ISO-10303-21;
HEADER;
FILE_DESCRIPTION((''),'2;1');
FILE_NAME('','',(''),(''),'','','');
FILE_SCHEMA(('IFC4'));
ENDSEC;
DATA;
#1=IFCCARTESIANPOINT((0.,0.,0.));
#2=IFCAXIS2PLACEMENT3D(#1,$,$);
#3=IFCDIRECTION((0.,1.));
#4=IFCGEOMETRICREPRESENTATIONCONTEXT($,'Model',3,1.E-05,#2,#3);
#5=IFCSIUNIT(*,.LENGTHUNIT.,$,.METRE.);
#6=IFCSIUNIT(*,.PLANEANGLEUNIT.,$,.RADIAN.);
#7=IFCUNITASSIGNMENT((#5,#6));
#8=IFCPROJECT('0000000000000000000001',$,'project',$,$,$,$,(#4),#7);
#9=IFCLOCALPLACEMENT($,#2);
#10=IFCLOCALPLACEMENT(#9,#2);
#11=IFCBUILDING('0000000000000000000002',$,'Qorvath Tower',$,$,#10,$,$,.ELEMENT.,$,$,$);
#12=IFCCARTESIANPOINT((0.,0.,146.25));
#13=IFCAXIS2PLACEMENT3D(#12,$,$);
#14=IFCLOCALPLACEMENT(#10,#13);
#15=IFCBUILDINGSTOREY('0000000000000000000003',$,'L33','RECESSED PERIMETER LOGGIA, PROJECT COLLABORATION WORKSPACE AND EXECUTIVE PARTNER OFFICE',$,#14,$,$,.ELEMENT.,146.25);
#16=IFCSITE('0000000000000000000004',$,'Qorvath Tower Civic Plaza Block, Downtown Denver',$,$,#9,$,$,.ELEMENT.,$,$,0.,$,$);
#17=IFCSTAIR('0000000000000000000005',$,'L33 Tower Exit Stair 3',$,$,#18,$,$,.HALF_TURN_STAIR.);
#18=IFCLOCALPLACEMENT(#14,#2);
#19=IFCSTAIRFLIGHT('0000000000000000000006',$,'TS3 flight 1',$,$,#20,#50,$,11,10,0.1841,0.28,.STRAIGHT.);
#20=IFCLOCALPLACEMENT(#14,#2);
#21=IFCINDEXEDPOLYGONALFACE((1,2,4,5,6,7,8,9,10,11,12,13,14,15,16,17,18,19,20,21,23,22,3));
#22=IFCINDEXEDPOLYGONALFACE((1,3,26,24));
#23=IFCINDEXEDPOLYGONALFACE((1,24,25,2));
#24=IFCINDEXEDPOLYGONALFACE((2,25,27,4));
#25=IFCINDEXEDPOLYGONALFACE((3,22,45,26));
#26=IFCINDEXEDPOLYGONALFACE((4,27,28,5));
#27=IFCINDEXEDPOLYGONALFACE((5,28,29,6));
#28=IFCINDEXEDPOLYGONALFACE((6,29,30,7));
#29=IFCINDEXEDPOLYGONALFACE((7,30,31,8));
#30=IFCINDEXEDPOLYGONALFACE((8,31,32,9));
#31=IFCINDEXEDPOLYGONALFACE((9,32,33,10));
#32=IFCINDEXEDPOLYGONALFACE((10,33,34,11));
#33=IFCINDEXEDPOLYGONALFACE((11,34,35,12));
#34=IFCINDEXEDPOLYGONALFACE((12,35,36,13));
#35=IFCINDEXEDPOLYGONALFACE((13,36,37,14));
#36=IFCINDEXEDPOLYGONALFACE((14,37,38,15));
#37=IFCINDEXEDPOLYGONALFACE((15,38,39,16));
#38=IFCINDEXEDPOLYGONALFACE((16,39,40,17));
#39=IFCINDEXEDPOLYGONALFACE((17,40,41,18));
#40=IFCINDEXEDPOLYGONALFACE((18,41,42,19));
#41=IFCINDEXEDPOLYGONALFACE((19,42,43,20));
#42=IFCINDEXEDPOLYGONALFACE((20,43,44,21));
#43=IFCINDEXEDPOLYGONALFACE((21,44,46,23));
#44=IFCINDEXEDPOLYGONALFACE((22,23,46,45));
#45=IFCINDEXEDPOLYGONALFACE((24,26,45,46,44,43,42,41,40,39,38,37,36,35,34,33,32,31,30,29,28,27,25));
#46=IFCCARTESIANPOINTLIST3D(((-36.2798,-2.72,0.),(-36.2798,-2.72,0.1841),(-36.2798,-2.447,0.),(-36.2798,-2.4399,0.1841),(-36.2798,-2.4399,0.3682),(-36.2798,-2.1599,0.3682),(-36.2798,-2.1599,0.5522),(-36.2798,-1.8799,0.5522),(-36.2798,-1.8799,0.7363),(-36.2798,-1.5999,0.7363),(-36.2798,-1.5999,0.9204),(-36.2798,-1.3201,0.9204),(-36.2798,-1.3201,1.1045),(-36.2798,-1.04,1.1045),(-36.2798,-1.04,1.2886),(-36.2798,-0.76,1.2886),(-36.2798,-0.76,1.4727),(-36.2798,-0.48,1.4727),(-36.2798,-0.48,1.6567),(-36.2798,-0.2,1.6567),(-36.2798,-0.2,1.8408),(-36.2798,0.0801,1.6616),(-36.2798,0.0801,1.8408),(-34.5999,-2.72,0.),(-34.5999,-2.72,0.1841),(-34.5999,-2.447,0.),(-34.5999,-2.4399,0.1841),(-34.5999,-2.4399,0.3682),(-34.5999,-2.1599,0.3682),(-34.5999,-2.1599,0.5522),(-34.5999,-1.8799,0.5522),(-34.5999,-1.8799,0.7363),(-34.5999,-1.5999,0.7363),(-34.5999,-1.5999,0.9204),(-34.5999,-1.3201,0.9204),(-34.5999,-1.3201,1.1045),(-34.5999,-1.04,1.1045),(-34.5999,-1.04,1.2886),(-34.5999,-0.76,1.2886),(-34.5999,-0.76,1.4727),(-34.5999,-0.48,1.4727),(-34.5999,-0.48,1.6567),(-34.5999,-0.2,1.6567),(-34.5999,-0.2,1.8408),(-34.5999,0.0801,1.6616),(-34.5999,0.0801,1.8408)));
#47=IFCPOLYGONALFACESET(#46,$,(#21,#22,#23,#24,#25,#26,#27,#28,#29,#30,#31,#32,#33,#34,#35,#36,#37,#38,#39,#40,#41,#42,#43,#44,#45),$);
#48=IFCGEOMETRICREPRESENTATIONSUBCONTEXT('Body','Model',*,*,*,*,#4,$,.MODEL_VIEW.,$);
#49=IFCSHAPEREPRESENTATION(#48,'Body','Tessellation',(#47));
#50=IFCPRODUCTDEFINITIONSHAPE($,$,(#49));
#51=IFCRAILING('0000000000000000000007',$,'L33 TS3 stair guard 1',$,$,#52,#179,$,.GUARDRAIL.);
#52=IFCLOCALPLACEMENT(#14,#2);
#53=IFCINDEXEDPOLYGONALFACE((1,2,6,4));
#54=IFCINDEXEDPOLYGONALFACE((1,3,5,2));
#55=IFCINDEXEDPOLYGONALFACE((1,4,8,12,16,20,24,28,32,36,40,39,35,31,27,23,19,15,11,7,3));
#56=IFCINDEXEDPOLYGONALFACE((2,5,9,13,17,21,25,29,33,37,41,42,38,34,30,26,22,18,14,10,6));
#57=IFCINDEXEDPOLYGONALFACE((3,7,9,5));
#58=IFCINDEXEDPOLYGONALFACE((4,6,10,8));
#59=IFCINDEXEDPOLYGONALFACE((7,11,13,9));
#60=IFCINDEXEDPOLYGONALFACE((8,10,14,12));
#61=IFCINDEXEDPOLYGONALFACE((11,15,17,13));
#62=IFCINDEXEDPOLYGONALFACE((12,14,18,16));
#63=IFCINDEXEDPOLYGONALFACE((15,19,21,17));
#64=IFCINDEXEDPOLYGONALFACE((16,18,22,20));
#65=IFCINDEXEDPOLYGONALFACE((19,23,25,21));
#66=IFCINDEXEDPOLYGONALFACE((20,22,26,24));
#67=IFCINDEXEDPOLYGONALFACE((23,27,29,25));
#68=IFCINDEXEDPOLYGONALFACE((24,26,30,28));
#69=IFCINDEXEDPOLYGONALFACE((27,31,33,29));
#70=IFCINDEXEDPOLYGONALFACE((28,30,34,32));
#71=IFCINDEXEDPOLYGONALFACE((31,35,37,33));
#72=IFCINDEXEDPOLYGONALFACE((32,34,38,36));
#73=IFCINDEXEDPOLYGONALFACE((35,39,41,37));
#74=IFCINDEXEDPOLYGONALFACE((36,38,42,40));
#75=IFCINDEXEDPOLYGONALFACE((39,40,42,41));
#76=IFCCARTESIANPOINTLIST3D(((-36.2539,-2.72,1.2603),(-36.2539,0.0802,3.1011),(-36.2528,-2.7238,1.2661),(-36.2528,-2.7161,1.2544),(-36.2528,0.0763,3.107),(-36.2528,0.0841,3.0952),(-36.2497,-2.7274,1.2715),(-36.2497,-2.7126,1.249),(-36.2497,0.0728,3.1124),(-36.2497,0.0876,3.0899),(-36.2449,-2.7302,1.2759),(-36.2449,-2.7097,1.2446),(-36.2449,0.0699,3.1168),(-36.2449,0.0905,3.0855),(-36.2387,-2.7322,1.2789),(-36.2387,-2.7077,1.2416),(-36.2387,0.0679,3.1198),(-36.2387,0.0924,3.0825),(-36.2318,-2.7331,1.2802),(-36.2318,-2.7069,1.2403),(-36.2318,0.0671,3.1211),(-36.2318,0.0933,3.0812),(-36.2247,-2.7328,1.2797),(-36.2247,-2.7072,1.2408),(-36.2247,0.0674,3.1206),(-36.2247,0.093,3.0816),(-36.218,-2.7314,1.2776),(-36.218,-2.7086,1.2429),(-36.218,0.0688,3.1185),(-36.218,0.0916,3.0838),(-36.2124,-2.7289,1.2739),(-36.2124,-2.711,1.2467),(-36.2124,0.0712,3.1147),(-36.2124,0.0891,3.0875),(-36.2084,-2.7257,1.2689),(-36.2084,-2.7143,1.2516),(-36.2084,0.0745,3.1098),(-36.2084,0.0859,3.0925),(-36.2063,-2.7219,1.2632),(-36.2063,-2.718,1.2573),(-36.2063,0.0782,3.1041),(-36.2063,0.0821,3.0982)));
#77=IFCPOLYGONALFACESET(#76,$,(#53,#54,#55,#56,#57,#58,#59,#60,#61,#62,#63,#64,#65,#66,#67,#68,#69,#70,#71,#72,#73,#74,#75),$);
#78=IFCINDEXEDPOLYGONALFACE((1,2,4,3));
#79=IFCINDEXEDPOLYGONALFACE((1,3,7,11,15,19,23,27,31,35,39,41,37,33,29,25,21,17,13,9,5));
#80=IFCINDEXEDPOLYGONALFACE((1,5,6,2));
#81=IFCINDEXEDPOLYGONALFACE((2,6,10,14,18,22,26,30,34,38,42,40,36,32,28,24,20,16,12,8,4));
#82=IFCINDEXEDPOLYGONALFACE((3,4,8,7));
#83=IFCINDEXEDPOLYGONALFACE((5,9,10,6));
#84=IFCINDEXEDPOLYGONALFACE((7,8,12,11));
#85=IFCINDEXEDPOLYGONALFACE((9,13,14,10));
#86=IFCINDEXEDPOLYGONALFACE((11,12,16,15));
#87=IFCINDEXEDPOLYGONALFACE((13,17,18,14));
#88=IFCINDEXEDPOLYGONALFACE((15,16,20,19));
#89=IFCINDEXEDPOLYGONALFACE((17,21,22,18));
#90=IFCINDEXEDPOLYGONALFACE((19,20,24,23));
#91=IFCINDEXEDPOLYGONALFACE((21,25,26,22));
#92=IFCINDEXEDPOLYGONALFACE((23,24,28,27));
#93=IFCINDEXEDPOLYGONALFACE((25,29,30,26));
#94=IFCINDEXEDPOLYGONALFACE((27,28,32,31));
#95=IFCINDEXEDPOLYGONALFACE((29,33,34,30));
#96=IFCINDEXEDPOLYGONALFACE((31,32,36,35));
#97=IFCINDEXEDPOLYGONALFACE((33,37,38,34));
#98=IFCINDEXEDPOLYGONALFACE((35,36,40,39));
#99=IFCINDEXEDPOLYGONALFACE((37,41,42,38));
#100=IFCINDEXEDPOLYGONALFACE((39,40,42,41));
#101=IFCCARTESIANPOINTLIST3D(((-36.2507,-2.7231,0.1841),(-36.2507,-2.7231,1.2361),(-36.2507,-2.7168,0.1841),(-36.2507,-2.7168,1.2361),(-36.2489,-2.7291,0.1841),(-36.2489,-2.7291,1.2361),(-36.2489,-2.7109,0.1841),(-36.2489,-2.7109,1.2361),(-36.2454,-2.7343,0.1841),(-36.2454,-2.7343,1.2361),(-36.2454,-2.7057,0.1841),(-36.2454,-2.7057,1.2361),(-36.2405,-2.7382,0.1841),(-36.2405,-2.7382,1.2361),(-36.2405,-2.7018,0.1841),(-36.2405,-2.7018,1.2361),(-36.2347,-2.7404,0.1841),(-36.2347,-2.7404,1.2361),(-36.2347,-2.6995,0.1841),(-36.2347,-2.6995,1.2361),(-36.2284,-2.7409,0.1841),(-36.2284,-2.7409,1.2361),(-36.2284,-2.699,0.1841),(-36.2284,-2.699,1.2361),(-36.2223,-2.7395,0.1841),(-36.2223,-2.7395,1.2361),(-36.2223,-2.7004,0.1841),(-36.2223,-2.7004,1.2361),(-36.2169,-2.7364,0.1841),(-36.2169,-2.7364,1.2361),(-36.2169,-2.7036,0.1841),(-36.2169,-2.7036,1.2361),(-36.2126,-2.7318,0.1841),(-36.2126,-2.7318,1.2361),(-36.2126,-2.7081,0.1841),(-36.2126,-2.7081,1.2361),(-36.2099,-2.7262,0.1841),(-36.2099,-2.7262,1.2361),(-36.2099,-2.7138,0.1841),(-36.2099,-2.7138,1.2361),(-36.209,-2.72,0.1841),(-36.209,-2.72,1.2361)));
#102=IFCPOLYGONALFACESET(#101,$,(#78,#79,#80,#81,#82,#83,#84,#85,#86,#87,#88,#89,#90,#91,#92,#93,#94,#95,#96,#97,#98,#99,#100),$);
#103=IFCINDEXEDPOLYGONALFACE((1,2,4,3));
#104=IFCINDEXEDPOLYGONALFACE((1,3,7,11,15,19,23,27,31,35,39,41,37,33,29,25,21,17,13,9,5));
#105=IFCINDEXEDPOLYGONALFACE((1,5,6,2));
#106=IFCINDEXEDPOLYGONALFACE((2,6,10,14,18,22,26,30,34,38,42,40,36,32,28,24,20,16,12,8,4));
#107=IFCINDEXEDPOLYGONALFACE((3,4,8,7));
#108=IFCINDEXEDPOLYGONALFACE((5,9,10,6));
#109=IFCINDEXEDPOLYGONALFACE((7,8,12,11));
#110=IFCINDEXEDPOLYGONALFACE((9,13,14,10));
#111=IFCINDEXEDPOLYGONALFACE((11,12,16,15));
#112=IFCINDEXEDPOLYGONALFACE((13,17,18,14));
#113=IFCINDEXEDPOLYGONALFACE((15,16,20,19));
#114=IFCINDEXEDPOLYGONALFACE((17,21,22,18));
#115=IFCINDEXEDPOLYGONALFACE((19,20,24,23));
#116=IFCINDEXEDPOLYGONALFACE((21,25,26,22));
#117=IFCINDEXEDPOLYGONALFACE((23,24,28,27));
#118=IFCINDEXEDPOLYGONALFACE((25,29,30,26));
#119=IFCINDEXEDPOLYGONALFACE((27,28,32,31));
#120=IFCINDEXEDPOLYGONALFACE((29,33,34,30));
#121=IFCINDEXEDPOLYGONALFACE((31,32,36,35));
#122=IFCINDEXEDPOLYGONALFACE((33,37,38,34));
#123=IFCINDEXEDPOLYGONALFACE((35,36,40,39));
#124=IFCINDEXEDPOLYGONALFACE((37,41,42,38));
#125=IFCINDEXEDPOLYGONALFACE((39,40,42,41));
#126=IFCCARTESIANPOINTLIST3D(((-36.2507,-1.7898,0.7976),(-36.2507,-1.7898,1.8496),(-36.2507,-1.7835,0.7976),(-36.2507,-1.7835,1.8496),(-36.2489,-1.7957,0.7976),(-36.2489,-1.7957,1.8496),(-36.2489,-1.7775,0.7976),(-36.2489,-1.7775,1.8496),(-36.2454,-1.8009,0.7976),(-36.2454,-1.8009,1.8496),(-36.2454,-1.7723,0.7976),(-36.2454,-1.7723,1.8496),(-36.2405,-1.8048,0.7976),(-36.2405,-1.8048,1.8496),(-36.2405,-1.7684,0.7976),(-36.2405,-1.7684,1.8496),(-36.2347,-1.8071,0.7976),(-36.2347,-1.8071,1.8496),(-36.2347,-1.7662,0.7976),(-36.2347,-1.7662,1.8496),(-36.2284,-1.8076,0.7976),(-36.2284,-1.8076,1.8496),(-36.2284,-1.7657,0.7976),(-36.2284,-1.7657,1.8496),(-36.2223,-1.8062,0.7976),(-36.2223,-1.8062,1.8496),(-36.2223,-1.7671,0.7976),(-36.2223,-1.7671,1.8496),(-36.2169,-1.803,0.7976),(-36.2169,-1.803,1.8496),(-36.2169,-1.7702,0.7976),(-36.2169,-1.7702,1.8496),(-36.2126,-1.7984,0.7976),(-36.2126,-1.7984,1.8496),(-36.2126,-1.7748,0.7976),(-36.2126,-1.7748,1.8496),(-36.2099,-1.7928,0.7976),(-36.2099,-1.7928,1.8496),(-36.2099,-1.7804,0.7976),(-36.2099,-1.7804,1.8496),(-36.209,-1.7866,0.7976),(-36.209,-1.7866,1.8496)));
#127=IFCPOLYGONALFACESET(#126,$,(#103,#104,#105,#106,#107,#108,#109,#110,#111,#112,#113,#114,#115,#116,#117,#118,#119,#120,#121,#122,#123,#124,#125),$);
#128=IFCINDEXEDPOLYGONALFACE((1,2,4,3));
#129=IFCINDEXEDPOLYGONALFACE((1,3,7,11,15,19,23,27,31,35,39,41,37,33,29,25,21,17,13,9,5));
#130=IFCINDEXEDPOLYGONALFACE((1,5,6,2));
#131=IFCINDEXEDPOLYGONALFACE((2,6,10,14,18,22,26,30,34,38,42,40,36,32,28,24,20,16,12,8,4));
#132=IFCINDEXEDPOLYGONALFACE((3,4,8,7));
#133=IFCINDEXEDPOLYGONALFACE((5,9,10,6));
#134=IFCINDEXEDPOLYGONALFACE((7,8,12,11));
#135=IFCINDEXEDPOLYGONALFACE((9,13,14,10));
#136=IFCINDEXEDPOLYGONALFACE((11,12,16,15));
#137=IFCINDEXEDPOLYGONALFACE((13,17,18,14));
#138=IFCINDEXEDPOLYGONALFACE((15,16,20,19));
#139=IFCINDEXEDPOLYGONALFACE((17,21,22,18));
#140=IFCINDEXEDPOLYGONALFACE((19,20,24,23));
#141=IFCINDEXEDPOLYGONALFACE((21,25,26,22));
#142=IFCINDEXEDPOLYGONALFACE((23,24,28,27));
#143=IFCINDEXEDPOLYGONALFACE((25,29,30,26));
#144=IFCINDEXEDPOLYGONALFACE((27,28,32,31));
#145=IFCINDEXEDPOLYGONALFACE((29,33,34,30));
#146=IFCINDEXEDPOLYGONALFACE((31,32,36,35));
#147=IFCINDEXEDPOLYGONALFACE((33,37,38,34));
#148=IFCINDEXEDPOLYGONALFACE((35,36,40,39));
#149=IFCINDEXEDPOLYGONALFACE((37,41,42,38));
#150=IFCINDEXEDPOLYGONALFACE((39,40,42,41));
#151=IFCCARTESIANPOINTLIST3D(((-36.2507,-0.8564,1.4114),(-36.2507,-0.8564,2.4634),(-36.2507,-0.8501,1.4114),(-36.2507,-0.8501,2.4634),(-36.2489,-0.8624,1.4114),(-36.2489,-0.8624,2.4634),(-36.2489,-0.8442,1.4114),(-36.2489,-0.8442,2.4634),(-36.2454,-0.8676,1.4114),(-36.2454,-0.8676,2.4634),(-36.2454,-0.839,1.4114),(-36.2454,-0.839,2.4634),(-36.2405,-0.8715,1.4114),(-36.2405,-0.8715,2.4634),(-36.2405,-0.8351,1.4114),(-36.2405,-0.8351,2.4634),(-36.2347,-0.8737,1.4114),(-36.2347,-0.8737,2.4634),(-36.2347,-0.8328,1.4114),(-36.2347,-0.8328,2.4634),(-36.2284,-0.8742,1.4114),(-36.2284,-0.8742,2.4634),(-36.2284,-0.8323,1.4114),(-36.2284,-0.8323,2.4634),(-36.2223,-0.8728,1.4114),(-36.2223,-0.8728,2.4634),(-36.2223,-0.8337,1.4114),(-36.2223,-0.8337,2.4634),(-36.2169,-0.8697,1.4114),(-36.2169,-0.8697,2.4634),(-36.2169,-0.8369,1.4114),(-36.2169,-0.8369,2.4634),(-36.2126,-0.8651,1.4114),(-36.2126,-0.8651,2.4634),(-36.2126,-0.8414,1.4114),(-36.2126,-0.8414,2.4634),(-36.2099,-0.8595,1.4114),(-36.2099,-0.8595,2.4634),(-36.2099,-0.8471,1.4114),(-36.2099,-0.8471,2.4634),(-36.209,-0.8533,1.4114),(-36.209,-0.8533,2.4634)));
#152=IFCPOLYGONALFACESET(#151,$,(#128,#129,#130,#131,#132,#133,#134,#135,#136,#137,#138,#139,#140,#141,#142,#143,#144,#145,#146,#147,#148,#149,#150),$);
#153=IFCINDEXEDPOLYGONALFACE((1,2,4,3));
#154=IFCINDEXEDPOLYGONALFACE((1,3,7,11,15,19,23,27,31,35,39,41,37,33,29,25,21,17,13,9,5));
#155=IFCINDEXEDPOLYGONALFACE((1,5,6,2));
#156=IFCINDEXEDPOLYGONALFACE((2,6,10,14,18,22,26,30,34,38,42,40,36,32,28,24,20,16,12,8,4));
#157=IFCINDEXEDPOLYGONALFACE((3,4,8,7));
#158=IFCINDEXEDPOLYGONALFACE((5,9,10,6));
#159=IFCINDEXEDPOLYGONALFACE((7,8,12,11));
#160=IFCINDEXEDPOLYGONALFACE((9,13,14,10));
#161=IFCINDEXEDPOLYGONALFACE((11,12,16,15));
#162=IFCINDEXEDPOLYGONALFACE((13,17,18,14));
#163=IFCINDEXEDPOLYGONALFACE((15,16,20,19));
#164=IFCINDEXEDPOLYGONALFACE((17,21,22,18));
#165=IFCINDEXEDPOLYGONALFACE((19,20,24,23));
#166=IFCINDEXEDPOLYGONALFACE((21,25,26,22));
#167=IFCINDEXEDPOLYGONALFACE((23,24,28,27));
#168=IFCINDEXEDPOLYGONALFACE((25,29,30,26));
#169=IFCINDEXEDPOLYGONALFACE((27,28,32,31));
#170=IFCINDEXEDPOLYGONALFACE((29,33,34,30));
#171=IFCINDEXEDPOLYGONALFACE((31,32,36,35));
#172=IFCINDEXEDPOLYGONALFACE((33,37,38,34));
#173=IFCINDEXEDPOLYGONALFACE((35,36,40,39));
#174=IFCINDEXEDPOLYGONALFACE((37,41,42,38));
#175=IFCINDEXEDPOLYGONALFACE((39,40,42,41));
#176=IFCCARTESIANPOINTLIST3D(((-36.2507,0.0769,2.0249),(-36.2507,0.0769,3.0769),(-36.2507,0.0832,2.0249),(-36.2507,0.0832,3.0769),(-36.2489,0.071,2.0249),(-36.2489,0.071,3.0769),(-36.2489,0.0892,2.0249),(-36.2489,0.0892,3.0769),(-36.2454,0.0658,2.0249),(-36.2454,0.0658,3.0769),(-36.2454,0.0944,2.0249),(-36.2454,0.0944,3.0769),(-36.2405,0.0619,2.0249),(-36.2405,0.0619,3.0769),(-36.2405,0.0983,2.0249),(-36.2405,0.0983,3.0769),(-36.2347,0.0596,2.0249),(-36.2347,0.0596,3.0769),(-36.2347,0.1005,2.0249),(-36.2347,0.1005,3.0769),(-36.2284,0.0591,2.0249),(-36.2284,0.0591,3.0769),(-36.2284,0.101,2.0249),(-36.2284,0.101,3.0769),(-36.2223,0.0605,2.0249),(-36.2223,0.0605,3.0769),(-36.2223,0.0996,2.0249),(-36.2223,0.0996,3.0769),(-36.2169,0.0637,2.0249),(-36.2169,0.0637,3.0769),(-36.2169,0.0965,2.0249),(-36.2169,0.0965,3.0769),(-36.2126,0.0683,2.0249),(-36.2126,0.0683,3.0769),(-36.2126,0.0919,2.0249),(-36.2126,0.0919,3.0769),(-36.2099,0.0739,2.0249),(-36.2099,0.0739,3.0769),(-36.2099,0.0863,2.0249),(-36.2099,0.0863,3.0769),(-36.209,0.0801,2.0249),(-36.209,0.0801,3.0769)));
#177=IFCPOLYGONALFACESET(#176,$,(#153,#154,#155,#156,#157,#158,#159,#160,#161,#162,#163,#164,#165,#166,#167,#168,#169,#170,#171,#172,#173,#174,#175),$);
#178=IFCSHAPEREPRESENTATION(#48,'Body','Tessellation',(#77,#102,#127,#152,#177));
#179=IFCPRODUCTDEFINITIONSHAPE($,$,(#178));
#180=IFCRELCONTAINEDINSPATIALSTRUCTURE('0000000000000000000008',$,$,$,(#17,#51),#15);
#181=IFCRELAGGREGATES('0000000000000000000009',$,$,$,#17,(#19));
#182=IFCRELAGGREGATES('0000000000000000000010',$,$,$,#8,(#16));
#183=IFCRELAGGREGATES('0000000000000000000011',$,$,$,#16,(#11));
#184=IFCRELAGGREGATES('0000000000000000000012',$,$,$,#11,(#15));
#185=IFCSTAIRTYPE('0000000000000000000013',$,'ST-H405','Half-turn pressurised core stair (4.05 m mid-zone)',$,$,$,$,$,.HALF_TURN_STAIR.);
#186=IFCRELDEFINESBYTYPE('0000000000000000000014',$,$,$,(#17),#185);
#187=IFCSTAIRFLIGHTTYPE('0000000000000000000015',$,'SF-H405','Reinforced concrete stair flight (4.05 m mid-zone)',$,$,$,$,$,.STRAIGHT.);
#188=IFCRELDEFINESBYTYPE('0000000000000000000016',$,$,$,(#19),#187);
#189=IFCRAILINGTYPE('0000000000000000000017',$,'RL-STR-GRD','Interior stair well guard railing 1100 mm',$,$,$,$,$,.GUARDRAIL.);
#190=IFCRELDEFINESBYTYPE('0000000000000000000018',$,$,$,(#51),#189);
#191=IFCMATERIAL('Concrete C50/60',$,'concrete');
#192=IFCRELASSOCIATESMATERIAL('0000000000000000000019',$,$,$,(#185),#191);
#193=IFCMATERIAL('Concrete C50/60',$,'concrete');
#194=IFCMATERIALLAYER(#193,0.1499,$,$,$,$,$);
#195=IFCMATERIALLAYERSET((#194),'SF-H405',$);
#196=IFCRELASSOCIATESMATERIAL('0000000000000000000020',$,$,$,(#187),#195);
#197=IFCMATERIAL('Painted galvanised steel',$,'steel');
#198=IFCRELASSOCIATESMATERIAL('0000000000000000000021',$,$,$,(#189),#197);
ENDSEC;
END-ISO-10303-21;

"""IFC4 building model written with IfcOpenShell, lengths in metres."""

from ifc_helpers import new_model, si_unit, direction, frame, origin, origin_2d, place, context, subcontext, project, spatial, polyline, circle, outline, extrude, material, layer, layer_set, type_object, element, aggregate, save


model = new_model("IFC4")

# Units and contexts
model_context = context("Model", 3, precision=1e-05, world=origin(), true_north=direction((0.0, 1.0)))
body_context = subcontext(model_context, "Body", "Model", "MODEL_VIEW")
ifc_project = project(units=[si_unit("LENGTHUNIT", "METRE"), si_unit("PLANEANGLEUNIT", "RADIAN")], contexts=[model_context])

# Site, building, storey
site_placement = place(None, origin())
site = spatial("IfcSite", under=ifc_project, at=site_placement, Name="Qorvath Tower Civic Plaza Block, Downtown Denver", CompositionType="ELEMENT", RefElevation=0.0)
building_placement = place(site_placement, origin())
building = spatial("IfcBuilding", under=site, at=building_placement, Name="Qorvath Tower", CompositionType="ELEMENT")
storey_placement = place(building_placement, frame((0.0, 0.0, 146.25)))
storey = spatial("IfcBuildingStorey", under=building, at=storey_placement, Name="L33", Description="RECESSED PERIMETER LOGGIA, PROJECT COLLABORATION WORKSPACE AND EXECUTIVE PARTNER OFFICE", CompositionType="ELEMENT", Elevation=146.25)

# Stair, stair flight
ifc_material_1 = material(Name="Concrete C50/60", Category="concrete")
stair_type = type_object("IfcStairType", Name="ST-H405", Description="Half-turn pressurised core stair (4.05 m mid-zone)", PredefinedType="HALF_TURN_STAIR", material=ifc_material_1)
stair_placement = place(storey_placement, origin())
stair = element("IfcStair", 1, at=stair_placement, inside=storey, type_object=stair_type, Name="L33 Tower Exit Stair 3", PredefinedType="HALF_TURN_STAIR")
ifc_material_2 = material(Name="Concrete C50/60", Category="concrete")
ifc_layer_1 = layer(ifc_material_2, 0.1499)
ifc_layer_set_1 = layer_set([ifc_layer_1], Name="SF-H405")
stair_flight_type = type_object("IfcStairFlightType", Name="SF-H405", Description="Reinforced concrete stair flight (4.05 m mid-zone)", PredefinedType="STRAIGHT", material=ifc_layer_set_1)
stair_flight_placement = place(storey_placement, frame((-35.4399, -2.72, 0.0), z_axis=(0.0, 0.0, 1.0), x_axis=(0.0, 1.0, 0.0)))
stair_flight = element("IfcStairFlight", 2, at=stair_flight_placement, type_object=stair_flight_type, Name="TS3 flight 1", NumberOfRisers=11, NumberOfTreads=10, PredefinedType="STRAIGHT", RiserHeight=0.1841, TreadLength=0.28, context=body_context, shape_type="SweptSolid", body=[
    extrude(outline(polyline([(0.0, 0.0), (0.0, 0.1841), (0.28, 0.1841), (0.28, 0.3682), (0.5601, 0.3682), (0.5601, 0.5522), (0.8401, 0.5522), (0.8401, 0.7363), (1.1201, 0.7363), (1.1201, 0.9204), (1.3999, 0.9204), (1.3999, 1.1045), (1.6799, 1.1045), (1.6799, 1.2886), (1.96, 1.2886), (1.96, 1.4727), (2.24, 1.4727), (2.24, 1.6567), (2.52, 1.6567), (2.52, 1.8408), (2.8, 1.8408), (2.8, 2.0249), (2.8, 1.6616), (0.2729, 0.0), (0.0, 0.0)])), frame((0.0, 0.8398, 0.0), z_axis=(0.0, -1.0, 0.0), x_axis=(1.0, 0.0, 0.0)), (0.0, 0.0, 1.0), 1.6799),
])
aggregate(stair, [stair_flight])

# Railing
ifc_material_3 = material(Name="Painted galvanised steel", Category="steel")
railing_type_1 = type_object("IfcRailingType", Name="RL-STR-GRD", Description="Interior stair well guard railing 1100 mm", PredefinedType="GUARDRAIL", material=ifc_material_3)
railing_1_placement = place(storey_placement, frame((-36.23, -2.72, 0.1841)))
element("IfcRailing", 3, at=railing_1_placement, inside=storey, type_object=railing_type_1, Name="L33 TS3 stair guard 1", PredefinedType="GUARDRAIL", context=body_context, shape_type="SweptSolid", body=[
    extrude(circle(Radius=0.0239, at=origin_2d()), frame((0.0, 0.0, 1.0762), z_axis=(0.0, 0.835598, 0.549342), x_axis=(-1.0, 0.0, 0.0)), (0.0, 0.0, 1.0), 3.3511),
    extrude(circle(Radius=0.021, at=origin_2d()), origin(), (0.0, 0.0, 1.0), 1.052),
    extrude(circle(Radius=0.021, at=origin_2d()), frame((0.0, 0.9333, 0.6135)), (0.0, 0.0, 1.0), 1.052),
    extrude(circle(Radius=0.021, at=origin_2d()), frame((0.0, 1.8667, 1.2273)), (0.0, 0.0, 1.0), 1.052),
    extrude(circle(Radius=0.021, at=origin_2d()), frame((0.0, 2.8, 1.8408)), (0.0, 0.0, 1.0), 1.052),
])

save(model, "model.ifc")
